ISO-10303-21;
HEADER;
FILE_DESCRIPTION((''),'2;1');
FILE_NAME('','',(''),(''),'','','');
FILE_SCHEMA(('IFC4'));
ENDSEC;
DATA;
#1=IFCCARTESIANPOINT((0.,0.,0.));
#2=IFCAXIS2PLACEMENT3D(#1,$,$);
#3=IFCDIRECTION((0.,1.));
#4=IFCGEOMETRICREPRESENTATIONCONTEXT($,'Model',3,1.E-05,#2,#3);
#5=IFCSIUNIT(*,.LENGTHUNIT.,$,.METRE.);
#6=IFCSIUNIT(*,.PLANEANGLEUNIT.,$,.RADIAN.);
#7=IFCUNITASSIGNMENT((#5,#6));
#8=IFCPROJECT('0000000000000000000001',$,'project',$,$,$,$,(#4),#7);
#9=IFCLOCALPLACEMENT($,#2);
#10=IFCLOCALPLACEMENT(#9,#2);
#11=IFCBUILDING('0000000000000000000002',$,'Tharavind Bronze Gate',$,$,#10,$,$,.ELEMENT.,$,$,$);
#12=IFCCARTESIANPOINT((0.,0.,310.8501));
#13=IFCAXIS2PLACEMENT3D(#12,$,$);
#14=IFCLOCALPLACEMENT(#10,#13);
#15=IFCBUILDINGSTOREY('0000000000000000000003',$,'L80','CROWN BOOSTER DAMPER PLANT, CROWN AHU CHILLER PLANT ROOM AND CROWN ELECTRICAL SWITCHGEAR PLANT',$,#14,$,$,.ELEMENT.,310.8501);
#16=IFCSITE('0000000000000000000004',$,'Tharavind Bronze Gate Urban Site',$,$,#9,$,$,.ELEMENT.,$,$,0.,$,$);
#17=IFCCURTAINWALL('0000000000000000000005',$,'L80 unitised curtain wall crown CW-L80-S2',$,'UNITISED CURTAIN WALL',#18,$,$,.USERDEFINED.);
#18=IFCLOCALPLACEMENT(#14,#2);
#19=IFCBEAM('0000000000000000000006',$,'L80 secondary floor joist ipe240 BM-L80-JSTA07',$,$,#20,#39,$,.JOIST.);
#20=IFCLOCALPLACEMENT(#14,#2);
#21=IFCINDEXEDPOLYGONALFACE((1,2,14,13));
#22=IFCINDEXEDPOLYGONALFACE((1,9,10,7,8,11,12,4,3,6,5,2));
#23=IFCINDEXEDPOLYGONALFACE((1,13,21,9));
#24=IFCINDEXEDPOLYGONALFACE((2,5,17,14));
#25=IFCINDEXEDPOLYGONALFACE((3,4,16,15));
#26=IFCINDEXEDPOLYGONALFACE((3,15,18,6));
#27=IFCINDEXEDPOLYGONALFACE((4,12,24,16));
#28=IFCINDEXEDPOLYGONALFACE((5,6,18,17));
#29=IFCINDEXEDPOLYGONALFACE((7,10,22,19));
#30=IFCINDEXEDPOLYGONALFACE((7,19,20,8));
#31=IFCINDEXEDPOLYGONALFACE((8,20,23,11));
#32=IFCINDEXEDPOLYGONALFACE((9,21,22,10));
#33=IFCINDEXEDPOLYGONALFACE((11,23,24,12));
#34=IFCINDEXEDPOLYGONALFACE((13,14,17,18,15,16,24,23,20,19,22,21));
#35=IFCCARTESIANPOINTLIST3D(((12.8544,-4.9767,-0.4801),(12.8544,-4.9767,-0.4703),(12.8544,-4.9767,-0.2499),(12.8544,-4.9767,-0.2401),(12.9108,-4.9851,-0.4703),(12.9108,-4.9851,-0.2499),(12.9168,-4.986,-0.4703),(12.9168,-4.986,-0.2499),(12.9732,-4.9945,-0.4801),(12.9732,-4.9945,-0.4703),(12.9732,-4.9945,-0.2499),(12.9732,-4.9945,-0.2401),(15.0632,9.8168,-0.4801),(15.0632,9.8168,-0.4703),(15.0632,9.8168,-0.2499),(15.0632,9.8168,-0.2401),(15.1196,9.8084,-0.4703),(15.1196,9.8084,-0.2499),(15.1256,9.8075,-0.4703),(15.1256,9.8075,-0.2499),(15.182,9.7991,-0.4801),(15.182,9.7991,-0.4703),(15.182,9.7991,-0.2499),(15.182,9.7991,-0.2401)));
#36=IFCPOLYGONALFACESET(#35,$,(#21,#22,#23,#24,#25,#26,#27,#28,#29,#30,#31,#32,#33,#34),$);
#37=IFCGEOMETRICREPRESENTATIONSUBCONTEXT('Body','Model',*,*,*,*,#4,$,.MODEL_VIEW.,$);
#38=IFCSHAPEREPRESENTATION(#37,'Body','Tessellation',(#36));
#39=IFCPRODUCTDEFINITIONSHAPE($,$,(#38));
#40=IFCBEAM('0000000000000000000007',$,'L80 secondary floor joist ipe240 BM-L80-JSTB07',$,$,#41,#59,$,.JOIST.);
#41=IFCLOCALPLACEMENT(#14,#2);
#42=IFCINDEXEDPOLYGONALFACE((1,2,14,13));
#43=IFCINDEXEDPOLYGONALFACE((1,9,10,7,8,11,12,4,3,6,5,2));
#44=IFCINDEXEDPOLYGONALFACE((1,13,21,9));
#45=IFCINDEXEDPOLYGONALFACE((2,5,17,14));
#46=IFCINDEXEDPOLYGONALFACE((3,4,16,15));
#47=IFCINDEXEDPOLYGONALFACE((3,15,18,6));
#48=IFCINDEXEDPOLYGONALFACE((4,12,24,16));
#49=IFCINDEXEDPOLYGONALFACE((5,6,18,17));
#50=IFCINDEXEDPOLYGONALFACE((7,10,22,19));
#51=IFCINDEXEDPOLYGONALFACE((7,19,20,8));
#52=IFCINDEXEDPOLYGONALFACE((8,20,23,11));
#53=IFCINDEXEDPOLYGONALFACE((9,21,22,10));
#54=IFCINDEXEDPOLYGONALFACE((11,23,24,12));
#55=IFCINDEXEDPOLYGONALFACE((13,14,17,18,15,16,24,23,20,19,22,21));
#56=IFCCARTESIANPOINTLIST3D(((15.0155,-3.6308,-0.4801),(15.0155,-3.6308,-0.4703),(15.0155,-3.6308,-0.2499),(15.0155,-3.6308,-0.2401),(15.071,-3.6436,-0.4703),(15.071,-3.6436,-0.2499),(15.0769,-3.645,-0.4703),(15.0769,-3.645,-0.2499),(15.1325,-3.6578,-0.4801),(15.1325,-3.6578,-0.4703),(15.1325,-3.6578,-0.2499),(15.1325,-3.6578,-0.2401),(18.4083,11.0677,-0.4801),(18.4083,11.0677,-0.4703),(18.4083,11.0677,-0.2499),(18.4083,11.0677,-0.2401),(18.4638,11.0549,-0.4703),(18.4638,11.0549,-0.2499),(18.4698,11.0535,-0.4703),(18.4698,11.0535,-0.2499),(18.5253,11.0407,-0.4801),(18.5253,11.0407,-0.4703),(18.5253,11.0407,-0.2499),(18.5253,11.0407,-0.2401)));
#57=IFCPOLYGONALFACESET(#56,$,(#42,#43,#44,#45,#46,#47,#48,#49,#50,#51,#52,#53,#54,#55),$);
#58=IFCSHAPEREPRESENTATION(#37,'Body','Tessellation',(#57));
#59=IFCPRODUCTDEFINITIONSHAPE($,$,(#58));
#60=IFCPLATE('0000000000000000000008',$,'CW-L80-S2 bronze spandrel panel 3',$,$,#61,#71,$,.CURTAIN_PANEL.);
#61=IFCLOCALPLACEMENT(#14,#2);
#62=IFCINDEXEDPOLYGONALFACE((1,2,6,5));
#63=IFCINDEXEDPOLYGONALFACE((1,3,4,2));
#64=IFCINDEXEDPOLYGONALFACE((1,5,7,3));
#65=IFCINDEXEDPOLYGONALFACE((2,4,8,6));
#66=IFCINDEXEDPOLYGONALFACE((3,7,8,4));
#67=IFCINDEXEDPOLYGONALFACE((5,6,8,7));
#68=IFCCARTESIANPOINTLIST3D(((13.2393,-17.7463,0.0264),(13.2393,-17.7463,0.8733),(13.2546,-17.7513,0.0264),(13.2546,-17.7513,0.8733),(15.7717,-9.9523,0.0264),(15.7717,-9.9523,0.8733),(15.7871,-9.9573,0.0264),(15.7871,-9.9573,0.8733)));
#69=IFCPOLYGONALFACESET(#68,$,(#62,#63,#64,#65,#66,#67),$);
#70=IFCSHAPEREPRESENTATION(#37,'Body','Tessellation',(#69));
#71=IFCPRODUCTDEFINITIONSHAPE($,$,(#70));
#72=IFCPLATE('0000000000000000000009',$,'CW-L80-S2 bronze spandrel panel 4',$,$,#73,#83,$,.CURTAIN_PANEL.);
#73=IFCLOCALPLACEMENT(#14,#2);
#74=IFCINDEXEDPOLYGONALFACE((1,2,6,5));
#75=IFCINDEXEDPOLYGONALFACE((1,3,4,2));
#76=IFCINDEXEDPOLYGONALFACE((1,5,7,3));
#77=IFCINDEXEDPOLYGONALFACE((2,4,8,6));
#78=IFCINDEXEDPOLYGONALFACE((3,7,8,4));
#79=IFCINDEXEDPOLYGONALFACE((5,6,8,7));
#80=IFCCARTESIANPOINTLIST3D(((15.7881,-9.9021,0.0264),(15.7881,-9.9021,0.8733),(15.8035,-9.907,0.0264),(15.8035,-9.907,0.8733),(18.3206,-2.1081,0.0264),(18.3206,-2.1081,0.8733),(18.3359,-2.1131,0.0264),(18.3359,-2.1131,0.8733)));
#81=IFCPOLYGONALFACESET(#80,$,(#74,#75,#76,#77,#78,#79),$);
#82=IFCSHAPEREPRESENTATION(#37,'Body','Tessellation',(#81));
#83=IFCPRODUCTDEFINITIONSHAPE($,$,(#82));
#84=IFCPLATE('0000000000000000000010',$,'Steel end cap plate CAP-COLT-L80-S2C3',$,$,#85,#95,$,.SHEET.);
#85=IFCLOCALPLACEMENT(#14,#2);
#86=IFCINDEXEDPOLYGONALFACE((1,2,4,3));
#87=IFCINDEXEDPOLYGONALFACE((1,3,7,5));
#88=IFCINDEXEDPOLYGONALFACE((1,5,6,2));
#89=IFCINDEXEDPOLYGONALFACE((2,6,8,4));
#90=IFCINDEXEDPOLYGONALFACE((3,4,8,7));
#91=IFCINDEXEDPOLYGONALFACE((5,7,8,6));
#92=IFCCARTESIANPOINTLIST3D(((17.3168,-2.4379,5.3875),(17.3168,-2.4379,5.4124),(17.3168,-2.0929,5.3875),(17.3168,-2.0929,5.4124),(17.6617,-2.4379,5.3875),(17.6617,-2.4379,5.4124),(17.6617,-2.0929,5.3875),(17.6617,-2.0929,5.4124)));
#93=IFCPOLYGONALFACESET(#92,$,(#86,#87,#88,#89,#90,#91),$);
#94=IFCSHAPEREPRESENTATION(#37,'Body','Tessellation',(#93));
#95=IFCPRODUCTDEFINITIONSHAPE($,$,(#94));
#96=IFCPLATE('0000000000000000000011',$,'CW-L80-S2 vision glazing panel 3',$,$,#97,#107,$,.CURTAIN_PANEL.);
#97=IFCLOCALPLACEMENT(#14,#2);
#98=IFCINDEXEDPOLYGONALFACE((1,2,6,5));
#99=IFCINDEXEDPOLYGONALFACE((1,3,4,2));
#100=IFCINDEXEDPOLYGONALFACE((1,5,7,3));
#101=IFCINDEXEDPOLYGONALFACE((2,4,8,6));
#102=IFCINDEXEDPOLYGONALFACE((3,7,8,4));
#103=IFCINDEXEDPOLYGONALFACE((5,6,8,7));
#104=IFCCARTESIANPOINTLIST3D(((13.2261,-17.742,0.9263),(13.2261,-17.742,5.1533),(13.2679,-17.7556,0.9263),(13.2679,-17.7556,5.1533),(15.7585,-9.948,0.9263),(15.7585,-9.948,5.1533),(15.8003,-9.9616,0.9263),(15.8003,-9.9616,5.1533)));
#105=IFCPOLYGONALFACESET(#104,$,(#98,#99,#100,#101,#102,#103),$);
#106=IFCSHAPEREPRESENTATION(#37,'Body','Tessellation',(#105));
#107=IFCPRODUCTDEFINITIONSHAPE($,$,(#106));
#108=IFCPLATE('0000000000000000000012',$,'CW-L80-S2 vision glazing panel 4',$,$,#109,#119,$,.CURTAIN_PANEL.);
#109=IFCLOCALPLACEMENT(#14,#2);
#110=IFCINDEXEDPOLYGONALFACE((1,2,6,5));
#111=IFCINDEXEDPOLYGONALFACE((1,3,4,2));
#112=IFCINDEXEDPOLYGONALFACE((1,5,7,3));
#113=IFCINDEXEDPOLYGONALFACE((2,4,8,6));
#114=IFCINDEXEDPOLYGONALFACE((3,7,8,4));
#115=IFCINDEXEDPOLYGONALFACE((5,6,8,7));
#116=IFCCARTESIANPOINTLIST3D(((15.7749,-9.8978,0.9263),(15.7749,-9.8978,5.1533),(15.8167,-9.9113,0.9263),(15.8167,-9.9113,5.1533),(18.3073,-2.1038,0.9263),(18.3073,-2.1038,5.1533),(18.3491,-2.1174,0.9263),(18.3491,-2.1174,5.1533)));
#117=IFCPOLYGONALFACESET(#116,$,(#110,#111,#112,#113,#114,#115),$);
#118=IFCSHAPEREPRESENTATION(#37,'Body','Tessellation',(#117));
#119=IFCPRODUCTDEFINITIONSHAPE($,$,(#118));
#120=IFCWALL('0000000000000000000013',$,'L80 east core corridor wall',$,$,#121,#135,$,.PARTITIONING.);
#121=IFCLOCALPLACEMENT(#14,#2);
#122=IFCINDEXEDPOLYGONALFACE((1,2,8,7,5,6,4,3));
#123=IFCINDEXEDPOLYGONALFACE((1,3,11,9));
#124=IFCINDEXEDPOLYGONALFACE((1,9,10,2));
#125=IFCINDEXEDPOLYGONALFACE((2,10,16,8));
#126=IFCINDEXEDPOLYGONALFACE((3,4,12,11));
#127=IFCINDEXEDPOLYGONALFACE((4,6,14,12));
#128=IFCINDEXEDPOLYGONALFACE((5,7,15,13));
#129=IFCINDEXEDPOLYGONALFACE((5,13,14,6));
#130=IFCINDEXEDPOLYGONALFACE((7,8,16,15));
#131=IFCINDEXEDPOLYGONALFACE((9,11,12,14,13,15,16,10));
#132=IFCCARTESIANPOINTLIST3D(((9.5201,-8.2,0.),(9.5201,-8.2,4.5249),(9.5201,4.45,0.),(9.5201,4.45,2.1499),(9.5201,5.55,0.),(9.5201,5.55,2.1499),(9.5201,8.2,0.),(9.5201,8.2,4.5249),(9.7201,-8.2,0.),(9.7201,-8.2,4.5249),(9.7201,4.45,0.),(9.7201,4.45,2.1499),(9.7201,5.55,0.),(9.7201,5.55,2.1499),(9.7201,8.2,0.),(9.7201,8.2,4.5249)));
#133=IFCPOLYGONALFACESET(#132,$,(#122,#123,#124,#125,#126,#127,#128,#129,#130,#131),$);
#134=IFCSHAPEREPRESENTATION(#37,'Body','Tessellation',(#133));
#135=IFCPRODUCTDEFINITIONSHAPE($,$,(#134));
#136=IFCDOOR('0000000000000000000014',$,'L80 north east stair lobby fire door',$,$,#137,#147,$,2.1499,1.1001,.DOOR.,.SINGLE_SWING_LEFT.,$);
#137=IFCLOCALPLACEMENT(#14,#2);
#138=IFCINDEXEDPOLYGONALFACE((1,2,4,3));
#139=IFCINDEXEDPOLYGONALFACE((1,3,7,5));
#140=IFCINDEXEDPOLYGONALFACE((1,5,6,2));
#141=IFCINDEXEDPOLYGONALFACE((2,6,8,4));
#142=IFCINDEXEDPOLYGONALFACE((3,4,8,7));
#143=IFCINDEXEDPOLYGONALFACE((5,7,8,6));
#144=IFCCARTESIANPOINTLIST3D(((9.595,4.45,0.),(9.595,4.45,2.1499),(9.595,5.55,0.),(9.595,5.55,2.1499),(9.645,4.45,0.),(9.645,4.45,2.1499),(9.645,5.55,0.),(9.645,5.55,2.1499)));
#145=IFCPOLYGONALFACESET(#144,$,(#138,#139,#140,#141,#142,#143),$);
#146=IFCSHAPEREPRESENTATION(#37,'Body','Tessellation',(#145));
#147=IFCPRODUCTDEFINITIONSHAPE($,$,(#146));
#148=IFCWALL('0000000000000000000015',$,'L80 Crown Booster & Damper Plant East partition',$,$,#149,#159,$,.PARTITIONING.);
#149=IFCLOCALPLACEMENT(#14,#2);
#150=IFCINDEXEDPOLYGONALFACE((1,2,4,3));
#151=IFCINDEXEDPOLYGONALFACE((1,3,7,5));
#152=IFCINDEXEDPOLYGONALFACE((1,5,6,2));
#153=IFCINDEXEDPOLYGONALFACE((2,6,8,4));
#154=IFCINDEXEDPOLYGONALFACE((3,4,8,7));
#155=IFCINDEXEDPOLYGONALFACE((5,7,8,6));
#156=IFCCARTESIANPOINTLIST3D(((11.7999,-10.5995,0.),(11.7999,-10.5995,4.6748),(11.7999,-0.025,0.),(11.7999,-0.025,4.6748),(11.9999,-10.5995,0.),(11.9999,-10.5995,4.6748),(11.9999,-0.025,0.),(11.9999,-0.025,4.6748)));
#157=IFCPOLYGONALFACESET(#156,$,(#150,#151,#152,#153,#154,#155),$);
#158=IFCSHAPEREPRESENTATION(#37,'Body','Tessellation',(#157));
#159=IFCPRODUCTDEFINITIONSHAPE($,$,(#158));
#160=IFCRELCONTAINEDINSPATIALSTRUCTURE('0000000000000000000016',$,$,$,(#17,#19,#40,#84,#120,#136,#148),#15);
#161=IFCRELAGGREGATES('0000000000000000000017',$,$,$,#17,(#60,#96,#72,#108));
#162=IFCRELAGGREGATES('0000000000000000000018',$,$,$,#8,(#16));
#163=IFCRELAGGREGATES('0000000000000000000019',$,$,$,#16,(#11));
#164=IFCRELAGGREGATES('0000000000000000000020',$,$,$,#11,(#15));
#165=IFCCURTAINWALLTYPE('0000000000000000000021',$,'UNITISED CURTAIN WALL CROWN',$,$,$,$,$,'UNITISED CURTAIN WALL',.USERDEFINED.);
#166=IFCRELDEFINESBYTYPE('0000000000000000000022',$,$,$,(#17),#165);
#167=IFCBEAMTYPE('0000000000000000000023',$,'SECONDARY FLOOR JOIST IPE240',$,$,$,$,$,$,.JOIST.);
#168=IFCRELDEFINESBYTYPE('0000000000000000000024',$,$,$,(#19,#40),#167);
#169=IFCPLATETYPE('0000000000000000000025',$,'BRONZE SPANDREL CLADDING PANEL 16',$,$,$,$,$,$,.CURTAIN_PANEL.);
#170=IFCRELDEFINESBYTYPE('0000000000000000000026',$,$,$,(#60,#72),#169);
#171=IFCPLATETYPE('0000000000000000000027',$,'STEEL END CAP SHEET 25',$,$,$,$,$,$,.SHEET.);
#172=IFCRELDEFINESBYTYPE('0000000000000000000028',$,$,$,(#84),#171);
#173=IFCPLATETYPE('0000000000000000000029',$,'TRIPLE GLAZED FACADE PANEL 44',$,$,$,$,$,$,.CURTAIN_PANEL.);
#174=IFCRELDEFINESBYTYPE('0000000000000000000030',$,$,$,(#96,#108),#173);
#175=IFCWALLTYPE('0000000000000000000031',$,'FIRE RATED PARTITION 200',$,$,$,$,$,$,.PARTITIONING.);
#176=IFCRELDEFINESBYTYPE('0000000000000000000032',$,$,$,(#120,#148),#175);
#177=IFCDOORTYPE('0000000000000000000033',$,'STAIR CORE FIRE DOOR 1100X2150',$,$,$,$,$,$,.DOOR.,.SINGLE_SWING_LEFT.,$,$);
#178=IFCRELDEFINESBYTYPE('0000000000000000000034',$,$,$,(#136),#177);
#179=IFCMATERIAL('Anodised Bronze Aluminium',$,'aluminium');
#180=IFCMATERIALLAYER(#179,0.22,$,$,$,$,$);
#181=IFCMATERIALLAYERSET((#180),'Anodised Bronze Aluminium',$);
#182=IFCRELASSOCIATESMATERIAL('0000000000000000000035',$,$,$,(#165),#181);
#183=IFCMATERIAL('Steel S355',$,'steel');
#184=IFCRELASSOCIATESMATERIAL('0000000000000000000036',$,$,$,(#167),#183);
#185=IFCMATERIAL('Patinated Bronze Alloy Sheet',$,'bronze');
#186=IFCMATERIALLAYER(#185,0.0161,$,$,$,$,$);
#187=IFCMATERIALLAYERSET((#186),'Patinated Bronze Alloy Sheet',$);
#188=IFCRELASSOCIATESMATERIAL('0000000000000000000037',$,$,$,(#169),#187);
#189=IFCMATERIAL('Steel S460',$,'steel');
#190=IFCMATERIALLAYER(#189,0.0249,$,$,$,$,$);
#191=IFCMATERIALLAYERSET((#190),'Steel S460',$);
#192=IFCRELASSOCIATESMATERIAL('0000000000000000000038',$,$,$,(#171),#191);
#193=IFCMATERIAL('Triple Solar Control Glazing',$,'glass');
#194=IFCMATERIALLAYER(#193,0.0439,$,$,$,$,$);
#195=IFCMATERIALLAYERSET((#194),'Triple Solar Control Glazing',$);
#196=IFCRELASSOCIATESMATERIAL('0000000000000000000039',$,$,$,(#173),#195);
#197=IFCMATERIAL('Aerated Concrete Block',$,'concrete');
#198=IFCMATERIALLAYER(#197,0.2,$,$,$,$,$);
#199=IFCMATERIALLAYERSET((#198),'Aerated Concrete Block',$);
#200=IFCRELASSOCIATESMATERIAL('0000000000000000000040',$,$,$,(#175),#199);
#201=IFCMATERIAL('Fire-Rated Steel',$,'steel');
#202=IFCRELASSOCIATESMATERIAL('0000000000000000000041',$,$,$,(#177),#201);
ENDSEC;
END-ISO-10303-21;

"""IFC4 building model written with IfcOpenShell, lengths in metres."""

from ifc_helpers import new_model, si_unit, direction, frame, frame_2d, origin, origin_2d, place, context, subcontext, project, spatial, rectangle, i_section, extrude, material, layer, layer_set, material_profile, profile_set, type_object, element, fill, aggregate, save


model = new_model("IFC4")

# Units and contexts
model_context = context("Model", 3, precision=1e-05, world=origin(), true_north=direction((0.0, 1.0)))
body_context = subcontext(model_context, "Body", "Model", "MODEL_VIEW")
ifc_project = project(units=[si_unit("LENGTHUNIT", "METRE"), si_unit("PLANEANGLEUNIT", "RADIAN")], contexts=[model_context])

# Site, building, storey
site_placement = place(None, origin())
site = spatial("IfcSite", under=ifc_project, at=site_placement, Name="Tharavind Bronze Gate Urban Site", CompositionType="ELEMENT", RefElevation=0.0)
building_placement = place(site_placement, origin())
building = spatial("IfcBuilding", under=site, at=building_placement, Name="Tharavind Bronze Gate", CompositionType="ELEMENT")
storey_placement = place(building_placement, frame((0.0, 0.0, 310.8501)))
storey = spatial("IfcBuildingStorey", under=building, at=storey_placement, Name="L80", Description="CROWN BOOSTER DAMPER PLANT, CROWN AHU CHILLER PLANT ROOM AND CROWN ELECTRICAL SWITCHGEAR PLANT", CompositionType="ELEMENT", Elevation=310.8501)

# Shared definitions
ifc_material_1 = material(Name="Steel S460", Category="steel")

# Curtain wall
ifc_material_2 = material(Name="Anodised Bronze Aluminium", Category="aluminium")
ifc_layer_1 = layer(ifc_material_2, 0.22)
ifc_layer_set_1 = layer_set([ifc_layer_1], Name="Anodised Bronze Aluminium")
curtain_wall_type = type_object("IfcCurtainWallType", Name="UNITISED CURTAIN WALL CROWN", ElementType="UNITISED CURTAIN WALL", PredefinedType="USERDEFINED", material=ifc_layer_set_1)
curtain_wall_placement = place(storey_placement, origin())
curtain_wall = element("IfcCurtainWall", 1, at=curtain_wall_placement, inside=storey, type_object=curtain_wall_type, Name="L80 unitised curtain wall crown CW-L80-S2", ObjectType="UNITISED CURTAIN WALL", PredefinedType="USERDEFINED")

# Beams
ifc_material_3 = material(Name="Steel S355", Category="steel")
ifc_material_profile_1 = material_profile(ifc_material_3, i_section(OverallWidth=0.1201, OverallDepth=0.24, WebThickness=0.0061, FlangeThickness=0.0098, at=origin_2d()), Name="IPE240")
ifc_profile_set_1 = profile_set([ifc_material_profile_1], Name="Steel S355")
beam_type_1 = type_object("IfcBeamType", Name="SECONDARY FLOOR JOIST IPE240", PredefinedType="JOIST", material=ifc_profile_set_1)
beam_1_placement = place(storey_placement, frame((12.9138, -4.9856, -0.3601), z_axis=(0.147668, 0.989037, 0.0), x_axis=(-0.989037, 0.147668, 0.0)))
element("IfcBeam", 2, at=beam_1_placement, inside=storey, type_object=beam_type_1, Name="L80 secondary floor joist ipe240 BM-L80-JSTA07", PredefinedType="JOIST", context=body_context, shape_type="SweptSolid", body=[
    extrude(i_section(OverallWidth=0.1201, OverallDepth=0.24, WebThickness=0.0061, FlangeThickness=0.0098, at=origin_2d()), origin(), (0.0, 0.0, 1.0), 14.9575),
])
beam_2_placement = place(storey_placement, frame((15.074, -3.6443, -0.3601), z_axis=(0.224914, 0.974379, 0.0), x_axis=(-0.974379, 0.224914, 0.0)))
element("IfcBeam", 3, at=beam_2_placement, inside=storey, type_object=beam_type_1, Name="L80 secondary floor joist ipe240 BM-L80-JSTB07", PredefinedType="JOIST", context=body_context, shape_type="SweptSolid", body=[
    extrude(i_section(OverallWidth=0.1201, OverallDepth=0.24, WebThickness=0.0061, FlangeThickness=0.0098, at=origin_2d()), origin(), (0.0, 0.0, 1.0), 15.085),
])

# Plates
ifc_material_4 = material(Name="Patinated Bronze Alloy Sheet", Category="bronze")
ifc_layer_2 = layer(ifc_material_4, 0.0161)
ifc_layer_set_2 = layer_set([ifc_layer_2], Name="Patinated Bronze Alloy Sheet")
plate_type_1 = type_object("IfcPlateType", Name="BRONZE SPANDREL CLADDING PANEL 16", PredefinedType="CURTAIN_PANEL", material=ifc_layer_set_2)
plate_1_placement = place(storey_placement, frame((14.5132, -13.8518, 0.0264), z_axis=(0.0, 0.0, 1.0), x_axis=(0.309017, 0.951057, 0.0)))
plate_1 = element("IfcPlate", 4, at=plate_1_placement, type_object=plate_type_1, Name="CW-L80-S2 bronze spandrel panel 3", PredefinedType="CURTAIN_PANEL", context=body_context, shape_type="SweptSolid", body=[
    extrude(rectangle(XDim=8.1951, YDim=0.0161, at=origin_2d()), origin(), (0.0, 0.0, 1.0), 0.8469),
])
plate_2_placement = place(storey_placement, frame((17.062, -6.0076, 0.0264), z_axis=(0.0, 0.0, 1.0), x_axis=(0.309017, 0.951057, 0.0)))
plate_2 = element("IfcPlate", 5, at=plate_2_placement, type_object=plate_type_1, Name="CW-L80-S2 bronze spandrel panel 4", PredefinedType="CURTAIN_PANEL", context=body_context, shape_type="SweptSolid", body=[
    extrude(rectangle(XDim=8.1951, YDim=0.0161, at=origin_2d()), origin(), (0.0, 0.0, 1.0), 0.8469),
])
ifc_layer_3 = layer(ifc_material_1, 0.0249)
ifc_layer_set_3 = layer_set([ifc_layer_3], Name="Steel S460")
plate_type_2 = type_object("IfcPlateType", Name="STEEL END CAP SHEET 25", PredefinedType="SHEET", material=ifc_layer_set_3)
plate_3_placement = place(storey_placement, frame((17.4893, -2.2654, 5.3875), z_axis=(0.0, 0.0, 1.0), x_axis=(1.0, 0.0, 0.0)))
element("IfcPlate", 6, at=plate_3_placement, inside=storey, type_object=plate_type_2, Name="Steel end cap plate CAP-COLT-L80-S2C3", PredefinedType="SHEET", context=body_context, shape_type="SweptSolid", body=[
    extrude(rectangle(XDim=0.345, YDim=0.345, at=origin_2d()), origin(), (0.0, 0.0, 1.0), 0.0249),
])
ifc_material_5 = material(Name="Triple Solar Control Glazing", Category="glass")
ifc_layer_4 = layer(ifc_material_5, 0.0439)
ifc_layer_set_4 = layer_set([ifc_layer_4], Name="Triple Solar Control Glazing")
plate_type_3 = type_object("IfcPlateType", Name="TRIPLE GLAZED FACADE PANEL 44", PredefinedType="CURTAIN_PANEL", material=ifc_layer_set_4)
plate_4_placement = place(storey_placement, frame((14.5132, -13.8518, 0.9263), z_axis=(0.0, 0.0, 1.0), x_axis=(0.309017, 0.951057, 0.0)))
plate_4 = element("IfcPlate", 7, at=plate_4_placement, type_object=plate_type_3, Name="CW-L80-S2 vision glazing panel 3", PredefinedType="CURTAIN_PANEL", context=body_context, shape_type="SweptSolid", body=[
    extrude(rectangle(XDim=8.1951, YDim=0.0439, at=origin_2d()), origin(), (0.0, 0.0, 1.0), 4.2271),
])
plate_5_placement = place(storey_placement, frame((17.062, -6.0076, 0.9263), z_axis=(0.0, 0.0, 1.0), x_axis=(0.309017, 0.951057, 0.0)))
plate_5 = element("IfcPlate", 8, at=plate_5_placement, type_object=plate_type_3, Name="CW-L80-S2 vision glazing panel 4", PredefinedType="CURTAIN_PANEL", context=body_context, shape_type="SweptSolid", body=[
    extrude(rectangle(XDim=8.1951, YDim=0.0439, at=origin_2d()), origin(), (0.0, 0.0, 1.0), 4.2271),
])
aggregate(curtain_wall, [plate_1, plate_4, plate_2, plate_5])

# Wall, opening, door
ifc_material_6 = material(Name="Aerated Concrete Block", Category="concrete")
ifc_layer_5 = layer(ifc_material_6, 0.2)
ifc_layer_set_5 = layer_set([ifc_layer_5], Name="Aerated Concrete Block")
wall_type = type_object("IfcWallType", Name="FIRE RATED PARTITION 200", PredefinedType="PARTITIONING", material=ifc_layer_set_5)
wall_1_placement = place(storey_placement, frame((9.6201, -8.2, 0.0), z_axis=(0.0, 0.0, 1.0), x_axis=(0.0, 1.0, 0.0)))
wall_1 = element("IfcWall", 9, at=wall_1_placement, inside=storey, type_object=wall_type, Name="L80 east core corridor wall", PredefinedType="PARTITIONING", context=body_context, shape_type="SweptSolid", body=[
    extrude(rectangle(XDim=16.3999, YDim=0.2, at=frame_2d((8.2, 0.0))), origin(), (0.0, 0.0, 1.0), 4.5249),
])
opening_placement = place(wall_1_placement, frame((12.6499, 0.0, 0.0)))
opening = element("IfcOpeningElement", 10, at=opening_placement, cuts=wall_1, PredefinedType="OPENING", context=body_context, shape_type="SweptSolid", body=[
    extrude(rectangle(XDim=1.1001, YDim=2.1499, at=frame_2d((0.55, 1.075))), frame((0.0, 0.1101, 0.0), z_axis=(0.0, -1.0, 0.0), x_axis=(1.0, 0.0, 0.0)), (0.0, 0.0, 1.0), 0.22),
])
ifc_material_7 = material(Name="Fire-Rated Steel", Category="steel")
door_type = type_object("IfcDoorType", Name="STAIR CORE FIRE DOOR 1100X2150", OperationType="SINGLE_SWING_LEFT", PredefinedType="DOOR", material=ifc_material_7)
door_placement = place(opening_placement, frame((1.1001, 0.0, 0.0), z_axis=(0.0, 0.0, 1.0), x_axis=(-1.0, 0.0, 0.0)))
door = element("IfcDoor", 11, at=door_placement, inside=storey, type_object=door_type, Name="L80 north east stair lobby fire door", OperationType="SINGLE_SWING_LEFT", OverallHeight=2.1499, OverallWidth=1.1001, PredefinedType="DOOR", context=body_context, shape_type="SweptSolid", body=[
    extrude(rectangle(XDim=1.1001, YDim=2.1499, at=frame_2d((0.55, 1.075))), frame((0.0, 0.0249, 0.0), z_axis=(0.0, -1.0, 0.0), x_axis=(1.0, 0.0, 0.0)), (0.0, 0.0, 1.0), 0.05),
])
fill(opening, door)

# Wall
wall_2_placement = place(storey_placement, frame((11.8999, -10.5994, 0.0), z_axis=(0.0, 0.0, 1.0), x_axis=(0.0, 1.0, 0.0)))
element("IfcWall", 12, at=wall_2_placement, inside=storey, type_object=wall_type, Name="L80 Crown Booster & Damper Plant East partition", PredefinedType="PARTITIONING", context=body_context, shape_type="SweptSolid", body=[
    extrude(rectangle(XDim=10.5745, YDim=0.2, at=frame_2d((5.2871, 0.0))), origin(), (0.0, 0.0, 1.0), 4.6748),
])

save(model, "model.ifc")
